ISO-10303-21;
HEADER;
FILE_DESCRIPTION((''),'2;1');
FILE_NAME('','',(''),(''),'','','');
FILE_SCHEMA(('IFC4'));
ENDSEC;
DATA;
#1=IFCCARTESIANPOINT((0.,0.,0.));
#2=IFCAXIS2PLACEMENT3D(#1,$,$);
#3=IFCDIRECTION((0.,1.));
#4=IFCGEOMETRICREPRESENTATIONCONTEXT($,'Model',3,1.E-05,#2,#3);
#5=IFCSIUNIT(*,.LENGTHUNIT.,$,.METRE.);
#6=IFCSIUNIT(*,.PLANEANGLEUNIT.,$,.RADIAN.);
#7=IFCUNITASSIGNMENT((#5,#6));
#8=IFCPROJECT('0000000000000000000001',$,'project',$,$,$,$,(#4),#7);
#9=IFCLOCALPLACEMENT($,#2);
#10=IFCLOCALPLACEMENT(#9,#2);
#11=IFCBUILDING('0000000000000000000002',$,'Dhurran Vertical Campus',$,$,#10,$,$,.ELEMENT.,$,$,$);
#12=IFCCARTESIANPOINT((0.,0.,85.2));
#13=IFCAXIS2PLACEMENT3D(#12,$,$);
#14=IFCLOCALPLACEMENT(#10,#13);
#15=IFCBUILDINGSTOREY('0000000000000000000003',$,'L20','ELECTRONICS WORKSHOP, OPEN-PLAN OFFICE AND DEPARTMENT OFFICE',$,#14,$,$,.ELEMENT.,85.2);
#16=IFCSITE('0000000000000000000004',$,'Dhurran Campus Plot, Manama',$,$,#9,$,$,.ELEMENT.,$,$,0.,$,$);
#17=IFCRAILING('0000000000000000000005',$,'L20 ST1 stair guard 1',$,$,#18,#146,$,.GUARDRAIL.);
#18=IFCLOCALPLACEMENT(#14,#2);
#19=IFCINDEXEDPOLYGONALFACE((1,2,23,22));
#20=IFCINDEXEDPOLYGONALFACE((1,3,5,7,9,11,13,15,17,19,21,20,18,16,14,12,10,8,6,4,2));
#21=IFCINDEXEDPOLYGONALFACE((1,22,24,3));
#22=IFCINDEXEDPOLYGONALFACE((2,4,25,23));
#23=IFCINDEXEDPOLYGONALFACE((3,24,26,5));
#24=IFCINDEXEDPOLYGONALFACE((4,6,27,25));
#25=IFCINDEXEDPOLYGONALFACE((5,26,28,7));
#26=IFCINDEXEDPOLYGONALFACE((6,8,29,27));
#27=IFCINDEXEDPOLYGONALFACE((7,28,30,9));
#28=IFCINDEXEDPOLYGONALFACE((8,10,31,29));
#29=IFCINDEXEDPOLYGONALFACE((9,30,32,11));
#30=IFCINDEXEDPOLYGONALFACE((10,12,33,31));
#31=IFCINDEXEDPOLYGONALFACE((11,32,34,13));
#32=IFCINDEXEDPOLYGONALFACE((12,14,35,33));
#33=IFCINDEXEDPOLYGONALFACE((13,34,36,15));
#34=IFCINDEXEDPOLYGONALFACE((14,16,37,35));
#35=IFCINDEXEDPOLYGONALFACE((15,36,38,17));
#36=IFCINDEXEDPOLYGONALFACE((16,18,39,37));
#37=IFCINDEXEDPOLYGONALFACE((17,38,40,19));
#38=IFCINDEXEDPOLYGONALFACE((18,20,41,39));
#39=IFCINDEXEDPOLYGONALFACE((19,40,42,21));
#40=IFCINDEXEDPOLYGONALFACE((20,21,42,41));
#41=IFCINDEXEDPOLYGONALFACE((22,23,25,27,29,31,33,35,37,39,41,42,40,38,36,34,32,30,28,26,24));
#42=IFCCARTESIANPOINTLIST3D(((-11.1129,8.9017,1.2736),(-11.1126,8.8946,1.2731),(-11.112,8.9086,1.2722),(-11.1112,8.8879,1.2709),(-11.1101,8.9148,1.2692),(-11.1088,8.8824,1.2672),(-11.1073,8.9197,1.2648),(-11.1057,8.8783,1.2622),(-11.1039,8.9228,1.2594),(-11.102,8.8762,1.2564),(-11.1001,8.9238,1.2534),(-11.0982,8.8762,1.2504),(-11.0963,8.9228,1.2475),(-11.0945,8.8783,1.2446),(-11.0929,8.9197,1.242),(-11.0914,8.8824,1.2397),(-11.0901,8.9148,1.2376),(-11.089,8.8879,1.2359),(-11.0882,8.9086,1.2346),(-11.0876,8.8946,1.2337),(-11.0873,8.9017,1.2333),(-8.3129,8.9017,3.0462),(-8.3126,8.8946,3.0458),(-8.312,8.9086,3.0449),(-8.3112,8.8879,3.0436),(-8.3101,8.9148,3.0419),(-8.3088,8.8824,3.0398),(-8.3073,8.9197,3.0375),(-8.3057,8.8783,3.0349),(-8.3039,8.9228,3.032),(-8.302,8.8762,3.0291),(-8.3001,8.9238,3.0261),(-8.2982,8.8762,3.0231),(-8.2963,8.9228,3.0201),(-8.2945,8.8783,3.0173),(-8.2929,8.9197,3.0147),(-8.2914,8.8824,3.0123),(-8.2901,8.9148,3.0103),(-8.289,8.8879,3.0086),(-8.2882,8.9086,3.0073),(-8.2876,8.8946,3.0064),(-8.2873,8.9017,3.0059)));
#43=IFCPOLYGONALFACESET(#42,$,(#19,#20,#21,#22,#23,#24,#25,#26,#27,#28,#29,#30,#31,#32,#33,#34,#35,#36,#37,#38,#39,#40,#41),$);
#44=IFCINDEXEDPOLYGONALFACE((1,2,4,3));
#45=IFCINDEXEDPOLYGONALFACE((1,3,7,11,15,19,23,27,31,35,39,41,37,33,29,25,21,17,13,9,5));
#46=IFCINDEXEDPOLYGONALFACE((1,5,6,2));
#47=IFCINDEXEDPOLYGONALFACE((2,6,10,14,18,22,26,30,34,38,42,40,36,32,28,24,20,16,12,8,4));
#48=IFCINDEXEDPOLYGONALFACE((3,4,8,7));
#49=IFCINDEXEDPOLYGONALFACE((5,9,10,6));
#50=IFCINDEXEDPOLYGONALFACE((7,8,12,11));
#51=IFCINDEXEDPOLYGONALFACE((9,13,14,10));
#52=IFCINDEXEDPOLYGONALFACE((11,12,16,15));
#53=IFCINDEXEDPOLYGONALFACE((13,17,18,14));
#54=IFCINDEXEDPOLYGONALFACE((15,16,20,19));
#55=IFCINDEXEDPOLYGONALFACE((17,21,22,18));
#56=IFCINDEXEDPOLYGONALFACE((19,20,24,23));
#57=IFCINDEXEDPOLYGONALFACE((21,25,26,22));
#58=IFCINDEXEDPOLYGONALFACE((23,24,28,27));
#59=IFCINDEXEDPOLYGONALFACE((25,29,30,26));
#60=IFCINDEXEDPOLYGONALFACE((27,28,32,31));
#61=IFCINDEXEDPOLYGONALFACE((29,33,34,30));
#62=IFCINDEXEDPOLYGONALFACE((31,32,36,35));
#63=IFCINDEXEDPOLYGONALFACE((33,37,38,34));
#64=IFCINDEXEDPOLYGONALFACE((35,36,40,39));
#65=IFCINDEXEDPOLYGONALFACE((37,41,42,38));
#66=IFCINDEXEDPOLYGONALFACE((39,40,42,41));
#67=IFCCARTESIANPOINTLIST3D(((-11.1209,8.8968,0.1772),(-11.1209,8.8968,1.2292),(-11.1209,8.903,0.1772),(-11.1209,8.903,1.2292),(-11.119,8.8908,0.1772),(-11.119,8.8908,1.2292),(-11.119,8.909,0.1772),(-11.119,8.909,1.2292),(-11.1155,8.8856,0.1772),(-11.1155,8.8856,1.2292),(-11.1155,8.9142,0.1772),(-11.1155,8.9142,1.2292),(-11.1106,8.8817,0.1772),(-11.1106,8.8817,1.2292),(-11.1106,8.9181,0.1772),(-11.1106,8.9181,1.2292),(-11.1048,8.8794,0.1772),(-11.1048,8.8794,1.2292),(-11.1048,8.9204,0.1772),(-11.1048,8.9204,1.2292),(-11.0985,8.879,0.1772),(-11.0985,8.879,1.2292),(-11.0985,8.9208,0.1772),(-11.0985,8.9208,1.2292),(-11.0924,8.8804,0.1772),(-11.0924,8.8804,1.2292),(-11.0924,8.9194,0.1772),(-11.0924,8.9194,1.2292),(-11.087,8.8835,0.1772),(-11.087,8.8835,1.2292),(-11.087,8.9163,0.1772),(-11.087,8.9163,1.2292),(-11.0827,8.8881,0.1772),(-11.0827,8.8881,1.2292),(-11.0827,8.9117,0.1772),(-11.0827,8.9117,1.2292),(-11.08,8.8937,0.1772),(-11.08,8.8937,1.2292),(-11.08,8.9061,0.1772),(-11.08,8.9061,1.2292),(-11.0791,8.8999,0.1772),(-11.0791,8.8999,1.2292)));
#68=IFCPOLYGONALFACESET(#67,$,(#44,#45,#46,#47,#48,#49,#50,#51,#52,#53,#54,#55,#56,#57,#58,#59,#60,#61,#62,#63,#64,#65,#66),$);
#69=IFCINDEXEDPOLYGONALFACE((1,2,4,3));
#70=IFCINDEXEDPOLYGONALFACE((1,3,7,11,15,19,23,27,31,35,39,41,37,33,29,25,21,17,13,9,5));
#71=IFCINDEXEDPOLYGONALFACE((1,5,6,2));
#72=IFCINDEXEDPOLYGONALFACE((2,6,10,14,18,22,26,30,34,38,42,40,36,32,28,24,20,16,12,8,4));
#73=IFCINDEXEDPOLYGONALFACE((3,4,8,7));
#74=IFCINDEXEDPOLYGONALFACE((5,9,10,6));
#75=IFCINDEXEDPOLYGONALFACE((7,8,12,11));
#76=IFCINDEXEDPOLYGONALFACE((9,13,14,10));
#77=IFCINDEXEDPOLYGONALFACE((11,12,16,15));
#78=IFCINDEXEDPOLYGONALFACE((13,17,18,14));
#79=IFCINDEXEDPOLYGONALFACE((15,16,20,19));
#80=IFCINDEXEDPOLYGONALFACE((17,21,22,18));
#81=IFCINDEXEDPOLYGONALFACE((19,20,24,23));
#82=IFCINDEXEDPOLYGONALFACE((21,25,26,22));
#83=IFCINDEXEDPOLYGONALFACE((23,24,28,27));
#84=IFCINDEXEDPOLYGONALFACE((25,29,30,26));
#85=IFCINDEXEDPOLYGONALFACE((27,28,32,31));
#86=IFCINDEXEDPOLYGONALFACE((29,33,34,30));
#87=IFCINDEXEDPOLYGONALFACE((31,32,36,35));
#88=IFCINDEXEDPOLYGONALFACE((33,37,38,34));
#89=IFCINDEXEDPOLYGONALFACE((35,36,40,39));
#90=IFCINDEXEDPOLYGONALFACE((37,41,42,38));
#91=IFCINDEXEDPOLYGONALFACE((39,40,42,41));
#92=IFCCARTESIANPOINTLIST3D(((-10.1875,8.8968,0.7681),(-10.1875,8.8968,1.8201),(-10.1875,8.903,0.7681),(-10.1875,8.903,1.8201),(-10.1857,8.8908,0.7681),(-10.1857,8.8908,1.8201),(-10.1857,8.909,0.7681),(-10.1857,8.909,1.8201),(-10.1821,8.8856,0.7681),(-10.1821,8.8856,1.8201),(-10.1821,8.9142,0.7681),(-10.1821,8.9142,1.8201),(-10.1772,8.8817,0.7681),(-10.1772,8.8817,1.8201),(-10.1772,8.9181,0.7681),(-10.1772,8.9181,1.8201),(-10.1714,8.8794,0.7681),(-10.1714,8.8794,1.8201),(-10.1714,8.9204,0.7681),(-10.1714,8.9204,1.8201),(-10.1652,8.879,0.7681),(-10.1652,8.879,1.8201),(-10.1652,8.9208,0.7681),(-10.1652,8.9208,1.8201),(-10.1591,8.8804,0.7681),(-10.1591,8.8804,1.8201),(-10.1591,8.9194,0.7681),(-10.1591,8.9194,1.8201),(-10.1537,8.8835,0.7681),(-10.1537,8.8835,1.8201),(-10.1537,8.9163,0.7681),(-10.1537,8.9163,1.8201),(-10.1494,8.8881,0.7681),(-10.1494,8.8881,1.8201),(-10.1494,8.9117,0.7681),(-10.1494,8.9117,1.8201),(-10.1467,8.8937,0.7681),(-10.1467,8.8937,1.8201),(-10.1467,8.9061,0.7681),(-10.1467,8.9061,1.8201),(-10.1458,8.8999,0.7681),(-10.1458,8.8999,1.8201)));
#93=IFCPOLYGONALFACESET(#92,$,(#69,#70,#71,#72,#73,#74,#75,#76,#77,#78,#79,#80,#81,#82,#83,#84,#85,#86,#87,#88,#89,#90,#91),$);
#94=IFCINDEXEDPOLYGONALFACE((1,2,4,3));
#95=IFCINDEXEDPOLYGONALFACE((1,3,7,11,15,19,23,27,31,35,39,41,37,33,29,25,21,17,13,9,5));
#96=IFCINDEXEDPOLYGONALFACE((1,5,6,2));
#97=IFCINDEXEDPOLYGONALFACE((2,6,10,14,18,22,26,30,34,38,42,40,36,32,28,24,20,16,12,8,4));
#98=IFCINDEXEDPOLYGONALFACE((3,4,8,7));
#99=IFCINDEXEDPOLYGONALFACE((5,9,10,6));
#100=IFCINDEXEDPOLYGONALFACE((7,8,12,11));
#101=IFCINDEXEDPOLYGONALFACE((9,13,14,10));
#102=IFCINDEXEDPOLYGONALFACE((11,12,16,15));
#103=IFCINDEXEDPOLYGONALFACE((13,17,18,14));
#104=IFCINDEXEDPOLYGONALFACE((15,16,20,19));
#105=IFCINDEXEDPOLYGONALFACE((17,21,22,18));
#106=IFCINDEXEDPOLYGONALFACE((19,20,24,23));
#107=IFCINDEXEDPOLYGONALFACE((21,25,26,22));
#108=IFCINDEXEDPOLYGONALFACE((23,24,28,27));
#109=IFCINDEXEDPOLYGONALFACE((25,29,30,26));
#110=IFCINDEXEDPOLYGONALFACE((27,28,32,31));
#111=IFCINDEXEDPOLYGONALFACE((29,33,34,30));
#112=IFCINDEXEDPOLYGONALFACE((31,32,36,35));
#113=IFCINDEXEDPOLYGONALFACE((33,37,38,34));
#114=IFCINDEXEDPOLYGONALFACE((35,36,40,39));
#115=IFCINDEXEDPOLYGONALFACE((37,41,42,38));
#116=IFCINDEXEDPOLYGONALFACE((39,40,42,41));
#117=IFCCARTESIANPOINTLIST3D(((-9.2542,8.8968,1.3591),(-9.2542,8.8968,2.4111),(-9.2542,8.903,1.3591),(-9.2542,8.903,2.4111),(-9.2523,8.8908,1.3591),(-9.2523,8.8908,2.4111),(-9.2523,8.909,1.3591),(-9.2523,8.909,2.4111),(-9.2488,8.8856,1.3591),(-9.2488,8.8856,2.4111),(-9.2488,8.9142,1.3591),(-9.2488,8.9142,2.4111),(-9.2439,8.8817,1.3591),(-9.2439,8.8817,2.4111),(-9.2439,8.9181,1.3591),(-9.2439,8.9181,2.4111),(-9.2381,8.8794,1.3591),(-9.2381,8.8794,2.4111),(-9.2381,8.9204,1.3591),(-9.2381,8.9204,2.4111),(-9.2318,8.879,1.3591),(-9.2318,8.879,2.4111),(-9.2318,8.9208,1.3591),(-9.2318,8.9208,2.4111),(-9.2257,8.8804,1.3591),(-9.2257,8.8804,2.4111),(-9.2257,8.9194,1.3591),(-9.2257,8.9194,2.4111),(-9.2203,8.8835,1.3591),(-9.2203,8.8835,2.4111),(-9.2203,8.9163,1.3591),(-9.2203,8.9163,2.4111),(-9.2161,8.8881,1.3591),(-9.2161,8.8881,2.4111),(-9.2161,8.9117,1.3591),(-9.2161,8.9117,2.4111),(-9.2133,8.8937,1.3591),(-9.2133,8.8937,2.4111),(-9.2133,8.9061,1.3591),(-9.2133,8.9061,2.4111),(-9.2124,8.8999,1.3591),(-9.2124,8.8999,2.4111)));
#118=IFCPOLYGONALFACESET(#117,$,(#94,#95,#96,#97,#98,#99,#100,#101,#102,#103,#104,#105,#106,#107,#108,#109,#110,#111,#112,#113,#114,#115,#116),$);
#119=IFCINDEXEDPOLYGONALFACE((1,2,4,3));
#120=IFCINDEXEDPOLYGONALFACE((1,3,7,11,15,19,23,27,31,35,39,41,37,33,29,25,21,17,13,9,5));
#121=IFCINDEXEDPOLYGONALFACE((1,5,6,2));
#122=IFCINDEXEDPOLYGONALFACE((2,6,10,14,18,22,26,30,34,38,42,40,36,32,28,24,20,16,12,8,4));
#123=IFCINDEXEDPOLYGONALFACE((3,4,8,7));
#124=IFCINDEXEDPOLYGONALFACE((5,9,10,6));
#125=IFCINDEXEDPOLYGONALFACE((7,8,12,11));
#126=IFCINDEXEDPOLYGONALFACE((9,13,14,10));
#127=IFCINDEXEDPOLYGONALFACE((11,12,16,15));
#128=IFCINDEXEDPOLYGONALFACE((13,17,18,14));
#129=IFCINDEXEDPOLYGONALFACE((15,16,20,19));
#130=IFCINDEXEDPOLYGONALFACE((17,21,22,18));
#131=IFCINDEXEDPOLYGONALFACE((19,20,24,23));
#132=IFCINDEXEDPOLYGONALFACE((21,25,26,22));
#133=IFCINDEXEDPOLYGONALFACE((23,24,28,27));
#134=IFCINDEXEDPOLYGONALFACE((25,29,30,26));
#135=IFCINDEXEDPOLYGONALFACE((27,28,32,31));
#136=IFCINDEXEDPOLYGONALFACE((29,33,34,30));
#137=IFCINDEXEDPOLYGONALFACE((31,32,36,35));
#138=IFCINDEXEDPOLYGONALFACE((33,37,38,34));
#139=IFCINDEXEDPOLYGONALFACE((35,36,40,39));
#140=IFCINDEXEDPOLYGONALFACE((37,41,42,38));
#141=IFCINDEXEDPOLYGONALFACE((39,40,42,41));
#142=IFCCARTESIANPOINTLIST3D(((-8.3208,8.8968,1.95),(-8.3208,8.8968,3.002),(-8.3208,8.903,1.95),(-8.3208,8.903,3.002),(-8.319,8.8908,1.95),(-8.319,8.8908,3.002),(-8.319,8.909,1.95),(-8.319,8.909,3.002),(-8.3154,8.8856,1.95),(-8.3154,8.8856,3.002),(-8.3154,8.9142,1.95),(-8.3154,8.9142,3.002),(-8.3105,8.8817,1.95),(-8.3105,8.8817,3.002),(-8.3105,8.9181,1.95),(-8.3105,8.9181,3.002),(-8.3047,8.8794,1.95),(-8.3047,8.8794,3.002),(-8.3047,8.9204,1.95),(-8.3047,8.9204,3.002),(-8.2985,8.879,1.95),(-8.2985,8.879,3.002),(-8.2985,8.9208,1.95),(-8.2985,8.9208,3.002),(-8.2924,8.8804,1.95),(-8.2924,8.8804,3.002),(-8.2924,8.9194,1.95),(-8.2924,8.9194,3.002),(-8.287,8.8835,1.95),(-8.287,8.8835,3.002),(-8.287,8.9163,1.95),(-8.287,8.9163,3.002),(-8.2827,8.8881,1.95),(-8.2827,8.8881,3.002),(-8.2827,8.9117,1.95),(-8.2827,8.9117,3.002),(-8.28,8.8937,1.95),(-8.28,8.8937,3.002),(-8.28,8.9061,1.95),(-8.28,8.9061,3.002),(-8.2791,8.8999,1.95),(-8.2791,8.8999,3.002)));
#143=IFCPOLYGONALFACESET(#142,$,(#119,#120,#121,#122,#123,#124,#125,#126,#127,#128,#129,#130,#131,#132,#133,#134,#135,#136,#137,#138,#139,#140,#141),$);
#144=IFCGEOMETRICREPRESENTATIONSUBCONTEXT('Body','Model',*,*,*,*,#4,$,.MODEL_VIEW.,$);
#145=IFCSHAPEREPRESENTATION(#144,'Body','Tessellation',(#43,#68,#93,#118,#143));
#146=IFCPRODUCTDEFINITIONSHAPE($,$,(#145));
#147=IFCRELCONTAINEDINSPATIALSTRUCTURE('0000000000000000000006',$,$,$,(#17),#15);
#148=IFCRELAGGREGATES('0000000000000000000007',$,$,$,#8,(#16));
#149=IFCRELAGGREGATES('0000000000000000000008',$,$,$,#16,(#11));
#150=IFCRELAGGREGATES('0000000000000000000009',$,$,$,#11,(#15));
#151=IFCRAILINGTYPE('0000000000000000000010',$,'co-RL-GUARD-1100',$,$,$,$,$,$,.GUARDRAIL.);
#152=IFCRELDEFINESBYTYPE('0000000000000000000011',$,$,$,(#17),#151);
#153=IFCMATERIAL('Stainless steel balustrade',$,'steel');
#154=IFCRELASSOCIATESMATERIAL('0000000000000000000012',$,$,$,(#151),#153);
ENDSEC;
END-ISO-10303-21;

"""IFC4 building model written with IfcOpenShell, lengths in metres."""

from ifc_helpers import new_model, si_unit, direction, frame, origin, origin_2d, place, context, subcontext, project, spatial, circle, extrude, material, type_object, element, save


model = new_model("IFC4")

# Units and contexts
model_context = context("Model", 3, precision=1e-05, world=origin(), true_north=direction((0.0, 1.0)))
body_context = subcontext(model_context, "Body", "Model", "MODEL_VIEW")
ifc_project = project(units=[si_unit("LENGTHUNIT", "METRE"), si_unit("PLANEANGLEUNIT", "RADIAN")], contexts=[model_context])

# Site, building, storey
site_placement = place(None, origin())
site = spatial("IfcSite", under=ifc_project, at=site_placement, Name="Dhurran Campus Plot, Manama", CompositionType="ELEMENT", RefElevation=0.0)
building_placement = place(site_placement, origin())
building = spatial("IfcBuilding", under=site, at=building_placement, Name="Dhurran Vertical Campus", CompositionType="ELEMENT")
storey_placement = place(building_placement, frame((0.0, 0.0, 85.2)))
storey = spatial("IfcBuildingStorey", under=building, at=storey_placement, Name="L20", Description="ELECTRONICS WORKSHOP, OPEN-PLAN OFFICE AND DEPARTMENT OFFICE", CompositionType="ELEMENT", Elevation=85.2)

# Railing
ifc_material_1 = material(Name="Stainless steel balustrade", Category="steel")
railing_type_1 = type_object("IfcRailingType", Name="co-RL-GUARD-1100", PredefinedType="GUARDRAIL", material=ifc_material_1)
railing_1_placement = place(storey_placement, frame((-11.1001, 8.8999, 0.1772)))
element("IfcRailing", 1, at=railing_1_placement, inside=storey, type_object=railing_type_1, Name="L20 ST1 stair guard 1", PredefinedType="GUARDRAIL", context=body_context, shape_type="SweptSolid", body=[
    extrude(circle(Radius=0.0239, at=origin_2d()), frame((0.0, 0.0, 1.0762), z_axis=(0.844909, 0.0, 0.53491), x_axis=(0.0, 1.0, 0.0)), (0.0, 0.0, 1.0), 3.314),
    extrude(circle(Radius=0.021, at=origin_2d()), origin(), (0.0, 0.0, 1.0), 1.052),
    extrude(circle(Radius=0.021, at=origin_2d()), frame((0.9333, 0.0, 0.5908)), (0.0, 0.0, 1.0), 1.052),
    extrude(circle(Radius=0.021, at=origin_2d()), frame((1.8667, 0.0, 1.1819)), (0.0, 0.0, 1.0), 1.052),
    extrude(circle(Radius=0.021, at=origin_2d()), frame((2.8, 0.0, 1.7727)), (0.0, 0.0, 1.0), 1.052),
])

save(model, "model.ifc")
